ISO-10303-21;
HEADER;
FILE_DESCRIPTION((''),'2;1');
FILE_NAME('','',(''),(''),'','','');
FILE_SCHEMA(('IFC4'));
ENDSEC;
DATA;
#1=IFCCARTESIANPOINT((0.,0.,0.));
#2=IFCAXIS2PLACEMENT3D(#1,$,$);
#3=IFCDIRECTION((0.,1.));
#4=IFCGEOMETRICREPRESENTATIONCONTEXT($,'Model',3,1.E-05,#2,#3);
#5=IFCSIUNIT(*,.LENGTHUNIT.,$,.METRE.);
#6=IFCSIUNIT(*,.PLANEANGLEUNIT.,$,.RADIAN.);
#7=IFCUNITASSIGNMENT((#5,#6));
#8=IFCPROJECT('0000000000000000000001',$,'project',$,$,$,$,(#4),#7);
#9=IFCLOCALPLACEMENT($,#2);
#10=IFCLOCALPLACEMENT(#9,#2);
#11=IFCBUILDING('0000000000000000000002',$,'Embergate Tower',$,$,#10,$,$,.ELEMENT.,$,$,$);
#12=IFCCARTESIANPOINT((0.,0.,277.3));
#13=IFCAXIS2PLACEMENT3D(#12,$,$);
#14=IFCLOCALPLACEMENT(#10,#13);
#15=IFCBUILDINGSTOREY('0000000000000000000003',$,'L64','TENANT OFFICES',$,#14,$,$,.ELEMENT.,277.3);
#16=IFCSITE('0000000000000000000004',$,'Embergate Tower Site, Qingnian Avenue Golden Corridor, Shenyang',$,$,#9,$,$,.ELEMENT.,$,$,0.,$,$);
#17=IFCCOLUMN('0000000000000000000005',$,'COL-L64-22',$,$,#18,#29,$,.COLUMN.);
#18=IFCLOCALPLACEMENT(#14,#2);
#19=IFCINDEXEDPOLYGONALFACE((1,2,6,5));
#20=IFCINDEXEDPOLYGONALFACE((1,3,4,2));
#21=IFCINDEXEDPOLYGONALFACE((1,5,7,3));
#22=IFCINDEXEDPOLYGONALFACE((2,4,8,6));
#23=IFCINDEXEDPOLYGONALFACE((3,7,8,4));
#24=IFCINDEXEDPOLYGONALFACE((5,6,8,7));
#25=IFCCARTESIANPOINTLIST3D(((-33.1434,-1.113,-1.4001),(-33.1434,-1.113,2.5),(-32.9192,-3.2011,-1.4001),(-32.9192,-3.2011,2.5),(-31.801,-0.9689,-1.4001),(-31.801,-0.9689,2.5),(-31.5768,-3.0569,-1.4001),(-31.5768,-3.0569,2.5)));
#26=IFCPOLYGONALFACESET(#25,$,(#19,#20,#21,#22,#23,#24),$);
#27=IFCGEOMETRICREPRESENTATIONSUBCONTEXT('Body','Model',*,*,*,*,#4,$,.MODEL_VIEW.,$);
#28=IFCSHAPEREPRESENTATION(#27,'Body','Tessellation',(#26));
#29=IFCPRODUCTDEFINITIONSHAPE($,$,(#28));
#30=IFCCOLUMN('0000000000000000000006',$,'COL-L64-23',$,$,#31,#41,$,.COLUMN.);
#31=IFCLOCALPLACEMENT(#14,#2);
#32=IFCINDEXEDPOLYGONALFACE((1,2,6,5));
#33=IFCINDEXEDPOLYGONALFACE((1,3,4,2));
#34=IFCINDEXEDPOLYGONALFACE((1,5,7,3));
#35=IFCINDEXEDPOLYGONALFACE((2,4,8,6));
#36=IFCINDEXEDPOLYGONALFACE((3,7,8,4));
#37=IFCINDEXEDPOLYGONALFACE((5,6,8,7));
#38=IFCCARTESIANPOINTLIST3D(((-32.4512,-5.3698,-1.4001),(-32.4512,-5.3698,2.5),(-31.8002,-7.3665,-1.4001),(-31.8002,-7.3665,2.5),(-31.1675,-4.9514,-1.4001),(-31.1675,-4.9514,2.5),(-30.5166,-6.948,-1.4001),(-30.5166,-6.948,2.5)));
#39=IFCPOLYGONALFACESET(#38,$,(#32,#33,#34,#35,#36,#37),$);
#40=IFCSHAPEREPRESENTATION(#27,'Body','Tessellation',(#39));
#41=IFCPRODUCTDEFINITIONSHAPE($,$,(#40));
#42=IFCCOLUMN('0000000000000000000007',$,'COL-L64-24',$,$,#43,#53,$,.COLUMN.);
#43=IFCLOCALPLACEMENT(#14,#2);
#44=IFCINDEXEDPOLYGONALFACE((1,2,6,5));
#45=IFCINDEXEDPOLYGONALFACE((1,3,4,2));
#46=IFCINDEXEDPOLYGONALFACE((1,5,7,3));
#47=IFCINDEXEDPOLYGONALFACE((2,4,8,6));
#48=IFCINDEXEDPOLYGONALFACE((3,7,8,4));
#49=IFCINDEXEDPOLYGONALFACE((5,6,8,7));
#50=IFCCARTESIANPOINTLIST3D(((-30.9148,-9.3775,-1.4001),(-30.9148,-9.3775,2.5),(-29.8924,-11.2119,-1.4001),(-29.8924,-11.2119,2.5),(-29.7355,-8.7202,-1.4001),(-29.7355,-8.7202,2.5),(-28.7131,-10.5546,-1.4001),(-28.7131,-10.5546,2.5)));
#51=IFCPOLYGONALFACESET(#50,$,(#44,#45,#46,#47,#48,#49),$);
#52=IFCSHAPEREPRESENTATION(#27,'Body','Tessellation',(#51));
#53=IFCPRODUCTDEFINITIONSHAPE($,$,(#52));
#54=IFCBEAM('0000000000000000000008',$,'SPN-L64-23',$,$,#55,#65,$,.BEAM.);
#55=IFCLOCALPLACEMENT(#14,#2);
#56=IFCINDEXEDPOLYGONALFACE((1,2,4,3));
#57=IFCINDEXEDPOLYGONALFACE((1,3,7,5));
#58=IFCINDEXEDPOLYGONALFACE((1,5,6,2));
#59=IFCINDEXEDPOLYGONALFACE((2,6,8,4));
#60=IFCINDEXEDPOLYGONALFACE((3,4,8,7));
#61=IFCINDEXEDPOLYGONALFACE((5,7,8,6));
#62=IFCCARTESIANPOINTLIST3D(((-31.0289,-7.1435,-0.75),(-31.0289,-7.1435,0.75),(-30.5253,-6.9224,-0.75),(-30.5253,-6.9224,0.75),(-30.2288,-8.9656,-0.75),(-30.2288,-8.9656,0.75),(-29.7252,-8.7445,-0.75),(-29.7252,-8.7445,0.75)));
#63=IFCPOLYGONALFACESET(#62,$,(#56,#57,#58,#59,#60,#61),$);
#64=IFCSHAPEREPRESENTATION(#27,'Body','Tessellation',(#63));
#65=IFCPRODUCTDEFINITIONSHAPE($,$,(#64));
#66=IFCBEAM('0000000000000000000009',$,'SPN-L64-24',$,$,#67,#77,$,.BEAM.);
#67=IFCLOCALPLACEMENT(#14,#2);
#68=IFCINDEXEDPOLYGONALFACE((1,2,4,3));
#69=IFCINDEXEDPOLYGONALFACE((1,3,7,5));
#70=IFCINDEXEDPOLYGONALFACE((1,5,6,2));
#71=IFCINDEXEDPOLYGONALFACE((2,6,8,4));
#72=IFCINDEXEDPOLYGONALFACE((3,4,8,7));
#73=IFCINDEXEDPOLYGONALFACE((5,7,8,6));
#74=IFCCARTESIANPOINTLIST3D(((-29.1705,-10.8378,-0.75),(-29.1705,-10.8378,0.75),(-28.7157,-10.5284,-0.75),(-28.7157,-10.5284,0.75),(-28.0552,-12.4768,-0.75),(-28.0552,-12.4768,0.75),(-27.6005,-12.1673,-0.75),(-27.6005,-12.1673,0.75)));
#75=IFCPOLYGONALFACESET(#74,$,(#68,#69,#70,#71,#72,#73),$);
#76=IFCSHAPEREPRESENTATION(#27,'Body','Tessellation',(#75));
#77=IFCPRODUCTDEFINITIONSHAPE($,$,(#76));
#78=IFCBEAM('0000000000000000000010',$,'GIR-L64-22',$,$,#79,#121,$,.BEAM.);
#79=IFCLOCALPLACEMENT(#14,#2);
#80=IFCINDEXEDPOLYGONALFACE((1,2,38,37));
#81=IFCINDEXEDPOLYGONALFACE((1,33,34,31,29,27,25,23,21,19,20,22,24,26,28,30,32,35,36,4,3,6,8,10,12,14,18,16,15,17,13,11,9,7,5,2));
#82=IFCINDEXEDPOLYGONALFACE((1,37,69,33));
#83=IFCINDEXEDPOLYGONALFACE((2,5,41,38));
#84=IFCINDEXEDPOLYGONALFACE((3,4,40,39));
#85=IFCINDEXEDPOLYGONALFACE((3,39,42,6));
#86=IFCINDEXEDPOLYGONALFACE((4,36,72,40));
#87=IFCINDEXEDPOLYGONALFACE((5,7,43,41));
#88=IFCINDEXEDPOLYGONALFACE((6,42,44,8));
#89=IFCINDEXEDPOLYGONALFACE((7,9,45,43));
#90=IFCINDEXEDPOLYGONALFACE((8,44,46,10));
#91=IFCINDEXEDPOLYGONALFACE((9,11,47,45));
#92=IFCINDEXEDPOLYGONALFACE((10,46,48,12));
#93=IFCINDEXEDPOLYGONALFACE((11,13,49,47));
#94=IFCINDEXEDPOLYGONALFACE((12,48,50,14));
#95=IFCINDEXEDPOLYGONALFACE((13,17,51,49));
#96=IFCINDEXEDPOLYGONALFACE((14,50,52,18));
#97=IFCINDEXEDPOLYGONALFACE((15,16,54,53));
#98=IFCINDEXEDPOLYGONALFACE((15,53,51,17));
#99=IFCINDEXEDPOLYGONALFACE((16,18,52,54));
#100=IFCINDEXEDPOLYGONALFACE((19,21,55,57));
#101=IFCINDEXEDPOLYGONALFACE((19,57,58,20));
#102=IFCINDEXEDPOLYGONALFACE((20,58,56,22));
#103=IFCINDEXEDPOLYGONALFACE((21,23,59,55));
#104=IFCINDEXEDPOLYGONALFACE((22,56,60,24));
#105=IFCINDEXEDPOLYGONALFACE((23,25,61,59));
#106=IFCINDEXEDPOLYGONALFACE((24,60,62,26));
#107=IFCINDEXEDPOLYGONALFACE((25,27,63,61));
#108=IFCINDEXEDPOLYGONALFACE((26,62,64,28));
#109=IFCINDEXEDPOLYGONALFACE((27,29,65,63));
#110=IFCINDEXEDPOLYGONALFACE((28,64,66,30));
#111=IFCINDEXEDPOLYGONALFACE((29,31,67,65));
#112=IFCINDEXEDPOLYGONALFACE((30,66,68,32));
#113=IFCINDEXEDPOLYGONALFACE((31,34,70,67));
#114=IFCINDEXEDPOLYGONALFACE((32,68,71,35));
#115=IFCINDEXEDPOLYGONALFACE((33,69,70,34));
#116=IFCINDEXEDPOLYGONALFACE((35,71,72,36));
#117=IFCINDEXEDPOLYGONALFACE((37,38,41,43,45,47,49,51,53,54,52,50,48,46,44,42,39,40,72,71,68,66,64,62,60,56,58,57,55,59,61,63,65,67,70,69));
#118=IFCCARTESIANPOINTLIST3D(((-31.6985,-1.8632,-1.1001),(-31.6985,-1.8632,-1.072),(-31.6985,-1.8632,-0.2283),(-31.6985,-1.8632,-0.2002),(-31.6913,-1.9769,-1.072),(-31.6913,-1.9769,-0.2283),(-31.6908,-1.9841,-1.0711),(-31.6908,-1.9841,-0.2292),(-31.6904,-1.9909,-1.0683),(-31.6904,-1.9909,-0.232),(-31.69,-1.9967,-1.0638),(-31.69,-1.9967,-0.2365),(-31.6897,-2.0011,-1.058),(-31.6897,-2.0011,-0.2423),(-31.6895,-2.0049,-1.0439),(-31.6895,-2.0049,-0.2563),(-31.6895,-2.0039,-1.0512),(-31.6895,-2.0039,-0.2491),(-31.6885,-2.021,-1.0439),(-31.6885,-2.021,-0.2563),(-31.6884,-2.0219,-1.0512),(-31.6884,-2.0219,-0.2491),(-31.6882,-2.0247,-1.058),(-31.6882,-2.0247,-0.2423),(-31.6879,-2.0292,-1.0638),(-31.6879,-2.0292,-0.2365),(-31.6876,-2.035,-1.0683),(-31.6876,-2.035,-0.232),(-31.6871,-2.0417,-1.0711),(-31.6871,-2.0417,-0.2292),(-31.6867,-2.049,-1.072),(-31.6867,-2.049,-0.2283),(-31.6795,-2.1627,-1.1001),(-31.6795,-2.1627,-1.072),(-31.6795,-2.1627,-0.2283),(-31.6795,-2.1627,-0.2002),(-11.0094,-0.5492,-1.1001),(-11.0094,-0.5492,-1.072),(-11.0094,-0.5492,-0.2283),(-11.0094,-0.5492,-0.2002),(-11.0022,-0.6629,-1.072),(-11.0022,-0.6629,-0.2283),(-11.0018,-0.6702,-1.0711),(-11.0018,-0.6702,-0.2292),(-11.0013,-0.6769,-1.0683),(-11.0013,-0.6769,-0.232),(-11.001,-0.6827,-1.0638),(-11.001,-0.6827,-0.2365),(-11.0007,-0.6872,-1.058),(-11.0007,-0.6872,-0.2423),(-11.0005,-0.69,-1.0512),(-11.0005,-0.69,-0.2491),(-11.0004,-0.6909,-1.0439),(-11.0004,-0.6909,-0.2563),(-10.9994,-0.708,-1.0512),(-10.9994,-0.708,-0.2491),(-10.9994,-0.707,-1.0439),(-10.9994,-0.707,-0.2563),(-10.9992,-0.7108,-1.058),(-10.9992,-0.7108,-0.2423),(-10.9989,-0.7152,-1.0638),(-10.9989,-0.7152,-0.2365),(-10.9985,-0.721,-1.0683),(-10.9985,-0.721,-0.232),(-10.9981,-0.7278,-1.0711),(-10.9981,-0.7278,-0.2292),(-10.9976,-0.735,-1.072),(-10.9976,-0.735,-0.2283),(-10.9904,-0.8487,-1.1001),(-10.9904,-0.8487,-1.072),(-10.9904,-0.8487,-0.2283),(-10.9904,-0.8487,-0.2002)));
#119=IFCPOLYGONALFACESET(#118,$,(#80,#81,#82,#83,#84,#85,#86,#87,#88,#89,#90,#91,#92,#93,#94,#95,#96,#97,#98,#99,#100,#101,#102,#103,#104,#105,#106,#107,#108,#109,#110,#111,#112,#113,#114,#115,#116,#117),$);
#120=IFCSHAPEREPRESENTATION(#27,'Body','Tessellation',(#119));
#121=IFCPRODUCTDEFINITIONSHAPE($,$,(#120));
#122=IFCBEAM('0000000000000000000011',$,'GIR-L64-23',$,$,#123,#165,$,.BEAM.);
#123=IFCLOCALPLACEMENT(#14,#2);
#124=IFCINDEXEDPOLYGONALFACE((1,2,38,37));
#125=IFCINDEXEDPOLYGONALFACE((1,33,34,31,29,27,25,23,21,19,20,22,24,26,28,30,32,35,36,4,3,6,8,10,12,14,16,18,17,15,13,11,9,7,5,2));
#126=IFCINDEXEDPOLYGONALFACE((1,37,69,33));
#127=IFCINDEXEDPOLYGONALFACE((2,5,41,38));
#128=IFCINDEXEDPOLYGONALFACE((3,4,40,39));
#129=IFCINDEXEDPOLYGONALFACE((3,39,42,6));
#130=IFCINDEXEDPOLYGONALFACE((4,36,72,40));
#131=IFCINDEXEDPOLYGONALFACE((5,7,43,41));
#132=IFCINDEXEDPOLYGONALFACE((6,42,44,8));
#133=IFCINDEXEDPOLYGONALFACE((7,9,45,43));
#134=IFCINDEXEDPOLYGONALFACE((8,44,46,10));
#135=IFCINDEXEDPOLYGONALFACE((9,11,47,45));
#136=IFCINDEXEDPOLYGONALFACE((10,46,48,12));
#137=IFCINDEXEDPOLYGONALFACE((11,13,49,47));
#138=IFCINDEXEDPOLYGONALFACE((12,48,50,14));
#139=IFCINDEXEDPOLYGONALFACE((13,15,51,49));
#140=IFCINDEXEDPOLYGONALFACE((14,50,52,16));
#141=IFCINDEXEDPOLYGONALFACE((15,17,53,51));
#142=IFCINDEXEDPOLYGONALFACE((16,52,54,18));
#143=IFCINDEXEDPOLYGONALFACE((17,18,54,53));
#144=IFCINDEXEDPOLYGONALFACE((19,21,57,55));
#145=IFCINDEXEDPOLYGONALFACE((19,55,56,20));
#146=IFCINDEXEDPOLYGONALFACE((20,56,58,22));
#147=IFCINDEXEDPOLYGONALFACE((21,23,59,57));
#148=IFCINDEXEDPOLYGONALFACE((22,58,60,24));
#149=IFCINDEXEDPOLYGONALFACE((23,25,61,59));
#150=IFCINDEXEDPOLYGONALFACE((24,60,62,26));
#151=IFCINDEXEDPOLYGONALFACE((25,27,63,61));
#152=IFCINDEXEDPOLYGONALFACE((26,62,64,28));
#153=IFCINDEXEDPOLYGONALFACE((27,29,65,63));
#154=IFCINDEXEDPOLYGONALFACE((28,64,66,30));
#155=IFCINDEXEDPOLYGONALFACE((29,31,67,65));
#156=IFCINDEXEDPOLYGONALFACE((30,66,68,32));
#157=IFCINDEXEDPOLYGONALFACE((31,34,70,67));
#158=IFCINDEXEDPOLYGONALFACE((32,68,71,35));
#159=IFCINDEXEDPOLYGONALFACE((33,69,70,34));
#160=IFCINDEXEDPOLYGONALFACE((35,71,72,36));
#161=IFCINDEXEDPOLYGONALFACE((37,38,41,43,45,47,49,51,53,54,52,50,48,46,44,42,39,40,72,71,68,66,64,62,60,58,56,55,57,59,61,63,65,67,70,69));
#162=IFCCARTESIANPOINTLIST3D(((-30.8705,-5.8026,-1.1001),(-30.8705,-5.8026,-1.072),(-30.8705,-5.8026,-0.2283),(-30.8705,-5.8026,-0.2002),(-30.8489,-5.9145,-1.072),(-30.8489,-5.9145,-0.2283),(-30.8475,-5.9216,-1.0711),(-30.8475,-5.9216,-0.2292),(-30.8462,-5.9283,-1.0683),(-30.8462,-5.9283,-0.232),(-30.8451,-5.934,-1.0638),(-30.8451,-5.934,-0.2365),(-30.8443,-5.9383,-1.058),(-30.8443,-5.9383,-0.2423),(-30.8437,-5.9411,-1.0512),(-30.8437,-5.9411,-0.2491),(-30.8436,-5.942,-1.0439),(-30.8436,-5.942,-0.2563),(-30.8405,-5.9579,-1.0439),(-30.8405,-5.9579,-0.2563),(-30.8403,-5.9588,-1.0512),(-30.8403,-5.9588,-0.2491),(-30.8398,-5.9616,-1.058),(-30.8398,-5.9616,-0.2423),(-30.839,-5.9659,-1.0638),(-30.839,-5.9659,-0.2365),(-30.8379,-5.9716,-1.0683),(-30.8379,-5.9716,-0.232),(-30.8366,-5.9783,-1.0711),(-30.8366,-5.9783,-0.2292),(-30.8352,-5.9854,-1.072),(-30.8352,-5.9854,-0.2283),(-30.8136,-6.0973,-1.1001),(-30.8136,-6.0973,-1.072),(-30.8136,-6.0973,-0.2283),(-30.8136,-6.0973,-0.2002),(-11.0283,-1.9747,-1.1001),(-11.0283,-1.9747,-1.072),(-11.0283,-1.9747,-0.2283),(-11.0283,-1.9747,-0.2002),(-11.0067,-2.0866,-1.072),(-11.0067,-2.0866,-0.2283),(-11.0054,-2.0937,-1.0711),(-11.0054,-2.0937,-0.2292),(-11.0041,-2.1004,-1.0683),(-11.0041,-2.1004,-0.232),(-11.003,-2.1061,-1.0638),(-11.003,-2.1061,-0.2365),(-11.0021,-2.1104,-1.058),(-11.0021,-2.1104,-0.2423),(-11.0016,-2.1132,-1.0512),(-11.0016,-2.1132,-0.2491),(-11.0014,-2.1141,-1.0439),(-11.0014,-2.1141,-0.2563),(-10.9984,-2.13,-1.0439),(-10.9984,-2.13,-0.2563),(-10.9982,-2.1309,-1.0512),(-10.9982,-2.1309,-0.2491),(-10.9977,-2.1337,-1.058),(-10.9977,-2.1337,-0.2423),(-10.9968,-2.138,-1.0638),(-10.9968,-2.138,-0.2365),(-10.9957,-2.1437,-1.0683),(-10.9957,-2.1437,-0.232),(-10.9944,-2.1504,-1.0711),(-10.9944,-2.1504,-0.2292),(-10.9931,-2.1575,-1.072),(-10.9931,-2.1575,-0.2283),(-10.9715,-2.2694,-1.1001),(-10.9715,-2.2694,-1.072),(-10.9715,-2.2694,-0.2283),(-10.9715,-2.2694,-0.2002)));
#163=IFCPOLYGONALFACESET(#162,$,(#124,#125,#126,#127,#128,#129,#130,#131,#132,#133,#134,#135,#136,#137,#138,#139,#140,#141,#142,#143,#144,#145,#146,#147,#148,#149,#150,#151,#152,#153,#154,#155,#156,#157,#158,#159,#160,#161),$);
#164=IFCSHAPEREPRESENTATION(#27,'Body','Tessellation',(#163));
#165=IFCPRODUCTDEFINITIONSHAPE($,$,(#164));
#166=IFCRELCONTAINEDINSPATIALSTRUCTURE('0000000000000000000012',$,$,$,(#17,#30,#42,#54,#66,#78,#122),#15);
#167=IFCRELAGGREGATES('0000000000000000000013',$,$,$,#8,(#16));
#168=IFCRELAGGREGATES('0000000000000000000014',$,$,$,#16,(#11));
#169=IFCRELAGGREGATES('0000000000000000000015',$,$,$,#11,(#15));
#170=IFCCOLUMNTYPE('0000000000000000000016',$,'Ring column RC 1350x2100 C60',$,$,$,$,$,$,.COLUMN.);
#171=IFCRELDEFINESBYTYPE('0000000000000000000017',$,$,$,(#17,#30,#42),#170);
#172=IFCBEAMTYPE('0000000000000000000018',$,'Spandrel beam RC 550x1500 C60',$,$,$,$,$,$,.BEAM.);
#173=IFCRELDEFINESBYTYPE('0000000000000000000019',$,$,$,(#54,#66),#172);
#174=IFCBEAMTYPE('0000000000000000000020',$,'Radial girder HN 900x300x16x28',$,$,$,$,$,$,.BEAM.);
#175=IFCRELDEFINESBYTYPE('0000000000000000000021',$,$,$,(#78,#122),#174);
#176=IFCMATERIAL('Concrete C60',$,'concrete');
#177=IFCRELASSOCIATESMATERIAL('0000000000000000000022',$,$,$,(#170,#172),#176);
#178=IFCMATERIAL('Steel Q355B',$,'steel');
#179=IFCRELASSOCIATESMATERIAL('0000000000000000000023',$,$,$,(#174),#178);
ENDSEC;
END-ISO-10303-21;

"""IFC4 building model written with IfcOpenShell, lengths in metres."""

from ifc_helpers import new_model, si_unit, direction, frame, origin, origin_2d, place, context, subcontext, project, spatial, rectangle, i_section, extrude, source, transform, mapped, material, material_profile, profile_set, type_object, element, save


model = new_model("IFC4")

# Units and contexts
model_context = context("Model", 3, precision=1e-05, world=origin(), true_north=direction((0.0, 1.0)))
body_context = subcontext(model_context, "Body", "Model", "MODEL_VIEW")
ifc_project = project(units=[si_unit("LENGTHUNIT", "METRE"), si_unit("PLANEANGLEUNIT", "RADIAN")], contexts=[model_context])

# Site, building, storey
site_placement = place(None, origin())
site = spatial("IfcSite", under=ifc_project, at=site_placement, Name="Embergate Tower Site, Qingnian Avenue Golden Corridor, Shenyang", CompositionType="ELEMENT", RefElevation=0.0)
building_placement = place(site_placement, origin())
building = spatial("IfcBuilding", under=site, at=building_placement, Name="Embergate Tower", CompositionType="ELEMENT")
storey_placement = place(building_placement, frame((0.0, 0.0, 277.3)))
storey = spatial("IfcBuildingStorey", under=building, at=storey_placement, Name="L64", Description="TENANT OFFICES", CompositionType="ELEMENT", Elevation=277.3)

# Columns
ifc_material_1 = material(Name="Concrete C60", Category="concrete")
ifc_material_profile_1 = material_profile(ifc_material_1, rectangle(XDim=1.3501, YDim=2.1001, at=origin_2d()), Name="RC 1350x2100")
ifc_profile_set_1 = profile_set([ifc_material_profile_1], Name="Concrete C60")
column_type = type_object("IfcColumnType", Name="Ring column RC 1350x2100 C60", PredefinedType="COLUMN", material=ifc_profile_set_1)
shared_shape_1 = source(origin(), body_context, "Body", "SweptSolid", [
    extrude(rectangle(XDim=1.3501, YDim=2.1001, at=origin_2d()), origin(), (0.0, 0.0, 1.0), 3.9001),
])
for number, where, z_axis, x_axis, name in (
    (1, (-32.3601, -2.085, -1.4001), (0.0, 0.0, 1.0), (-0.994286, -0.10675, 0.0), "COL-L64-22"),
    (2, (-31.4839, -6.1589, -1.4001), (0.0, 0.0, 1.0), (-0.950754, -0.309946, 0.0), "COL-L64-23"),
    (3, (-29.814, -9.9661, -1.4001), (0.0, 0.0, 1.0), (-0.873492, -0.486839, 0.0), "COL-L64-24"),
):
    element("IfcColumn", number, at=place(storey_placement, frame(where, z_axis=z_axis, x_axis=x_axis)), inside=storey, type_object=column_type, Name=name, PredefinedType="COLUMN", context=body_context, shape_type="MappedRepresentation", body=[
        mapped(shared_shape_1, transform((0.0, 0.0, 0.0))),
    ])

# Beams
ifc_material_profile_2 = material_profile(ifc_material_1, rectangle(XDim=0.55, YDim=1.5, at=origin_2d()), Name="RC 550x1500")
ifc_profile_set_2 = profile_set([ifc_material_profile_2], Name="Concrete C60")
beam_type_1 = type_object("IfcBeamType", Name="Spandrel beam RC 550x1500 C60", PredefinedType="BEAM", material=ifc_profile_set_2)
shared_shape_2 = source(origin(), body_context, "Body", "SweptSolid", [
    extrude(rectangle(XDim=0.55, YDim=1.5, at=origin_2d()), origin(), (0.0, 0.0, 1.0), 1.99),
])
beam_1_placement = place(storey_placement, frame((-30.7771, -7.033, 0.0), z_axis=(0.402048, -0.915619, 0.0), x_axis=(0.915619, 0.402048, 0.0)))
element("IfcBeam", 4, at=beam_1_placement, inside=storey, type_object=beam_type_1, Name="SPN-L64-23", PredefinedType="BEAM", context=body_context, shape_type="MappedRepresentation", body=[
    mapped(shared_shape_2, transform((0.0, 0.0, 0.0))),
])
shared_shape_3 = source(origin(), body_context, "Body", "SweptSolid", [
    extrude(rectangle(XDim=0.55, YDim=1.5, at=origin_2d()), origin(), (0.0, 0.0, 1.0), 1.9824),
])
beam_2_placement = place(storey_placement, frame((-28.9431, -10.6831, 0.0), z_axis=(0.562576, -0.826745, 0.0), x_axis=(0.826745, 0.562576, 0.0)))
element("IfcBeam", 5, at=beam_2_placement, inside=storey, type_object=beam_type_1, Name="SPN-L64-24", PredefinedType="BEAM", context=body_context, shape_type="MappedRepresentation", body=[
    mapped(shared_shape_3, transform((0.0, 0.0, 0.0))),
])
ifc_material_2 = material(Name="Steel Q355B", Category="steel")
ifc_material_profile_3 = material_profile(ifc_material_2, i_section(OverallWidth=0.3, OverallDepth=0.8999, WebThickness=0.0161, FlangeThickness=0.0281, FilletRadius=0.0281, at=origin_2d()), Name="HN 900x300x16x28")
ifc_profile_set_3 = profile_set([ifc_material_profile_3], Name="Steel Q355 grade B")
beam_type_2 = type_object("IfcBeamType", Name="Radial girder HN 900x300x16x28", PredefinedType="BEAM", material=ifc_profile_set_3)
shared_shape_4 = source(origin(), body_context, "Body", "SweptSolid", [
    extrude(i_section(OverallWidth=0.3, OverallDepth=0.8999, WebThickness=0.0161, FlangeThickness=0.0281, FilletRadius=0.0281, at=origin_2d()), origin(), (0.0, 0.0, 1.0), 20.7307),
])
beam_3_placement = place(storey_placement, frame((-31.689, -2.0129, -0.6501), z_axis=(0.997989, 0.063383, 0.0), x_axis=(-0.063383, 0.997989, 0.0)))
element("IfcBeam", 6, at=beam_3_placement, inside=storey, type_object=beam_type_2, Name="GIR-L64-22", PredefinedType="BEAM", context=body_context, shape_type="MappedRepresentation", body=[
    mapped(shared_shape_4, transform((0.0, 0.0, 0.0))),
])
shared_shape_5 = source(origin(), body_context, "Body", "SweptSolid", [
    extrude(i_section(OverallWidth=0.3, OverallDepth=0.8999, WebThickness=0.0161, FlangeThickness=0.0281, FilletRadius=0.0281, at=origin_2d()), origin(), (0.0, 0.0, 1.0), 20.208),
])
beam_4_placement = place(storey_placement, frame((-30.842, -5.95, -0.6501), z_axis=(0.981895, 0.189425, 0.0), x_axis=(-0.189425, 0.981895, 0.0)))
element("IfcBeam", 7, at=beam_4_placement, inside=storey, type_object=beam_type_2, Name="GIR-L64-23", PredefinedType="BEAM", context=body_context, shape_type="MappedRepresentation", body=[
    mapped(shared_shape_5, transform((0.0, 0.0, 0.0))),
])

save(model, "model.ifc")
